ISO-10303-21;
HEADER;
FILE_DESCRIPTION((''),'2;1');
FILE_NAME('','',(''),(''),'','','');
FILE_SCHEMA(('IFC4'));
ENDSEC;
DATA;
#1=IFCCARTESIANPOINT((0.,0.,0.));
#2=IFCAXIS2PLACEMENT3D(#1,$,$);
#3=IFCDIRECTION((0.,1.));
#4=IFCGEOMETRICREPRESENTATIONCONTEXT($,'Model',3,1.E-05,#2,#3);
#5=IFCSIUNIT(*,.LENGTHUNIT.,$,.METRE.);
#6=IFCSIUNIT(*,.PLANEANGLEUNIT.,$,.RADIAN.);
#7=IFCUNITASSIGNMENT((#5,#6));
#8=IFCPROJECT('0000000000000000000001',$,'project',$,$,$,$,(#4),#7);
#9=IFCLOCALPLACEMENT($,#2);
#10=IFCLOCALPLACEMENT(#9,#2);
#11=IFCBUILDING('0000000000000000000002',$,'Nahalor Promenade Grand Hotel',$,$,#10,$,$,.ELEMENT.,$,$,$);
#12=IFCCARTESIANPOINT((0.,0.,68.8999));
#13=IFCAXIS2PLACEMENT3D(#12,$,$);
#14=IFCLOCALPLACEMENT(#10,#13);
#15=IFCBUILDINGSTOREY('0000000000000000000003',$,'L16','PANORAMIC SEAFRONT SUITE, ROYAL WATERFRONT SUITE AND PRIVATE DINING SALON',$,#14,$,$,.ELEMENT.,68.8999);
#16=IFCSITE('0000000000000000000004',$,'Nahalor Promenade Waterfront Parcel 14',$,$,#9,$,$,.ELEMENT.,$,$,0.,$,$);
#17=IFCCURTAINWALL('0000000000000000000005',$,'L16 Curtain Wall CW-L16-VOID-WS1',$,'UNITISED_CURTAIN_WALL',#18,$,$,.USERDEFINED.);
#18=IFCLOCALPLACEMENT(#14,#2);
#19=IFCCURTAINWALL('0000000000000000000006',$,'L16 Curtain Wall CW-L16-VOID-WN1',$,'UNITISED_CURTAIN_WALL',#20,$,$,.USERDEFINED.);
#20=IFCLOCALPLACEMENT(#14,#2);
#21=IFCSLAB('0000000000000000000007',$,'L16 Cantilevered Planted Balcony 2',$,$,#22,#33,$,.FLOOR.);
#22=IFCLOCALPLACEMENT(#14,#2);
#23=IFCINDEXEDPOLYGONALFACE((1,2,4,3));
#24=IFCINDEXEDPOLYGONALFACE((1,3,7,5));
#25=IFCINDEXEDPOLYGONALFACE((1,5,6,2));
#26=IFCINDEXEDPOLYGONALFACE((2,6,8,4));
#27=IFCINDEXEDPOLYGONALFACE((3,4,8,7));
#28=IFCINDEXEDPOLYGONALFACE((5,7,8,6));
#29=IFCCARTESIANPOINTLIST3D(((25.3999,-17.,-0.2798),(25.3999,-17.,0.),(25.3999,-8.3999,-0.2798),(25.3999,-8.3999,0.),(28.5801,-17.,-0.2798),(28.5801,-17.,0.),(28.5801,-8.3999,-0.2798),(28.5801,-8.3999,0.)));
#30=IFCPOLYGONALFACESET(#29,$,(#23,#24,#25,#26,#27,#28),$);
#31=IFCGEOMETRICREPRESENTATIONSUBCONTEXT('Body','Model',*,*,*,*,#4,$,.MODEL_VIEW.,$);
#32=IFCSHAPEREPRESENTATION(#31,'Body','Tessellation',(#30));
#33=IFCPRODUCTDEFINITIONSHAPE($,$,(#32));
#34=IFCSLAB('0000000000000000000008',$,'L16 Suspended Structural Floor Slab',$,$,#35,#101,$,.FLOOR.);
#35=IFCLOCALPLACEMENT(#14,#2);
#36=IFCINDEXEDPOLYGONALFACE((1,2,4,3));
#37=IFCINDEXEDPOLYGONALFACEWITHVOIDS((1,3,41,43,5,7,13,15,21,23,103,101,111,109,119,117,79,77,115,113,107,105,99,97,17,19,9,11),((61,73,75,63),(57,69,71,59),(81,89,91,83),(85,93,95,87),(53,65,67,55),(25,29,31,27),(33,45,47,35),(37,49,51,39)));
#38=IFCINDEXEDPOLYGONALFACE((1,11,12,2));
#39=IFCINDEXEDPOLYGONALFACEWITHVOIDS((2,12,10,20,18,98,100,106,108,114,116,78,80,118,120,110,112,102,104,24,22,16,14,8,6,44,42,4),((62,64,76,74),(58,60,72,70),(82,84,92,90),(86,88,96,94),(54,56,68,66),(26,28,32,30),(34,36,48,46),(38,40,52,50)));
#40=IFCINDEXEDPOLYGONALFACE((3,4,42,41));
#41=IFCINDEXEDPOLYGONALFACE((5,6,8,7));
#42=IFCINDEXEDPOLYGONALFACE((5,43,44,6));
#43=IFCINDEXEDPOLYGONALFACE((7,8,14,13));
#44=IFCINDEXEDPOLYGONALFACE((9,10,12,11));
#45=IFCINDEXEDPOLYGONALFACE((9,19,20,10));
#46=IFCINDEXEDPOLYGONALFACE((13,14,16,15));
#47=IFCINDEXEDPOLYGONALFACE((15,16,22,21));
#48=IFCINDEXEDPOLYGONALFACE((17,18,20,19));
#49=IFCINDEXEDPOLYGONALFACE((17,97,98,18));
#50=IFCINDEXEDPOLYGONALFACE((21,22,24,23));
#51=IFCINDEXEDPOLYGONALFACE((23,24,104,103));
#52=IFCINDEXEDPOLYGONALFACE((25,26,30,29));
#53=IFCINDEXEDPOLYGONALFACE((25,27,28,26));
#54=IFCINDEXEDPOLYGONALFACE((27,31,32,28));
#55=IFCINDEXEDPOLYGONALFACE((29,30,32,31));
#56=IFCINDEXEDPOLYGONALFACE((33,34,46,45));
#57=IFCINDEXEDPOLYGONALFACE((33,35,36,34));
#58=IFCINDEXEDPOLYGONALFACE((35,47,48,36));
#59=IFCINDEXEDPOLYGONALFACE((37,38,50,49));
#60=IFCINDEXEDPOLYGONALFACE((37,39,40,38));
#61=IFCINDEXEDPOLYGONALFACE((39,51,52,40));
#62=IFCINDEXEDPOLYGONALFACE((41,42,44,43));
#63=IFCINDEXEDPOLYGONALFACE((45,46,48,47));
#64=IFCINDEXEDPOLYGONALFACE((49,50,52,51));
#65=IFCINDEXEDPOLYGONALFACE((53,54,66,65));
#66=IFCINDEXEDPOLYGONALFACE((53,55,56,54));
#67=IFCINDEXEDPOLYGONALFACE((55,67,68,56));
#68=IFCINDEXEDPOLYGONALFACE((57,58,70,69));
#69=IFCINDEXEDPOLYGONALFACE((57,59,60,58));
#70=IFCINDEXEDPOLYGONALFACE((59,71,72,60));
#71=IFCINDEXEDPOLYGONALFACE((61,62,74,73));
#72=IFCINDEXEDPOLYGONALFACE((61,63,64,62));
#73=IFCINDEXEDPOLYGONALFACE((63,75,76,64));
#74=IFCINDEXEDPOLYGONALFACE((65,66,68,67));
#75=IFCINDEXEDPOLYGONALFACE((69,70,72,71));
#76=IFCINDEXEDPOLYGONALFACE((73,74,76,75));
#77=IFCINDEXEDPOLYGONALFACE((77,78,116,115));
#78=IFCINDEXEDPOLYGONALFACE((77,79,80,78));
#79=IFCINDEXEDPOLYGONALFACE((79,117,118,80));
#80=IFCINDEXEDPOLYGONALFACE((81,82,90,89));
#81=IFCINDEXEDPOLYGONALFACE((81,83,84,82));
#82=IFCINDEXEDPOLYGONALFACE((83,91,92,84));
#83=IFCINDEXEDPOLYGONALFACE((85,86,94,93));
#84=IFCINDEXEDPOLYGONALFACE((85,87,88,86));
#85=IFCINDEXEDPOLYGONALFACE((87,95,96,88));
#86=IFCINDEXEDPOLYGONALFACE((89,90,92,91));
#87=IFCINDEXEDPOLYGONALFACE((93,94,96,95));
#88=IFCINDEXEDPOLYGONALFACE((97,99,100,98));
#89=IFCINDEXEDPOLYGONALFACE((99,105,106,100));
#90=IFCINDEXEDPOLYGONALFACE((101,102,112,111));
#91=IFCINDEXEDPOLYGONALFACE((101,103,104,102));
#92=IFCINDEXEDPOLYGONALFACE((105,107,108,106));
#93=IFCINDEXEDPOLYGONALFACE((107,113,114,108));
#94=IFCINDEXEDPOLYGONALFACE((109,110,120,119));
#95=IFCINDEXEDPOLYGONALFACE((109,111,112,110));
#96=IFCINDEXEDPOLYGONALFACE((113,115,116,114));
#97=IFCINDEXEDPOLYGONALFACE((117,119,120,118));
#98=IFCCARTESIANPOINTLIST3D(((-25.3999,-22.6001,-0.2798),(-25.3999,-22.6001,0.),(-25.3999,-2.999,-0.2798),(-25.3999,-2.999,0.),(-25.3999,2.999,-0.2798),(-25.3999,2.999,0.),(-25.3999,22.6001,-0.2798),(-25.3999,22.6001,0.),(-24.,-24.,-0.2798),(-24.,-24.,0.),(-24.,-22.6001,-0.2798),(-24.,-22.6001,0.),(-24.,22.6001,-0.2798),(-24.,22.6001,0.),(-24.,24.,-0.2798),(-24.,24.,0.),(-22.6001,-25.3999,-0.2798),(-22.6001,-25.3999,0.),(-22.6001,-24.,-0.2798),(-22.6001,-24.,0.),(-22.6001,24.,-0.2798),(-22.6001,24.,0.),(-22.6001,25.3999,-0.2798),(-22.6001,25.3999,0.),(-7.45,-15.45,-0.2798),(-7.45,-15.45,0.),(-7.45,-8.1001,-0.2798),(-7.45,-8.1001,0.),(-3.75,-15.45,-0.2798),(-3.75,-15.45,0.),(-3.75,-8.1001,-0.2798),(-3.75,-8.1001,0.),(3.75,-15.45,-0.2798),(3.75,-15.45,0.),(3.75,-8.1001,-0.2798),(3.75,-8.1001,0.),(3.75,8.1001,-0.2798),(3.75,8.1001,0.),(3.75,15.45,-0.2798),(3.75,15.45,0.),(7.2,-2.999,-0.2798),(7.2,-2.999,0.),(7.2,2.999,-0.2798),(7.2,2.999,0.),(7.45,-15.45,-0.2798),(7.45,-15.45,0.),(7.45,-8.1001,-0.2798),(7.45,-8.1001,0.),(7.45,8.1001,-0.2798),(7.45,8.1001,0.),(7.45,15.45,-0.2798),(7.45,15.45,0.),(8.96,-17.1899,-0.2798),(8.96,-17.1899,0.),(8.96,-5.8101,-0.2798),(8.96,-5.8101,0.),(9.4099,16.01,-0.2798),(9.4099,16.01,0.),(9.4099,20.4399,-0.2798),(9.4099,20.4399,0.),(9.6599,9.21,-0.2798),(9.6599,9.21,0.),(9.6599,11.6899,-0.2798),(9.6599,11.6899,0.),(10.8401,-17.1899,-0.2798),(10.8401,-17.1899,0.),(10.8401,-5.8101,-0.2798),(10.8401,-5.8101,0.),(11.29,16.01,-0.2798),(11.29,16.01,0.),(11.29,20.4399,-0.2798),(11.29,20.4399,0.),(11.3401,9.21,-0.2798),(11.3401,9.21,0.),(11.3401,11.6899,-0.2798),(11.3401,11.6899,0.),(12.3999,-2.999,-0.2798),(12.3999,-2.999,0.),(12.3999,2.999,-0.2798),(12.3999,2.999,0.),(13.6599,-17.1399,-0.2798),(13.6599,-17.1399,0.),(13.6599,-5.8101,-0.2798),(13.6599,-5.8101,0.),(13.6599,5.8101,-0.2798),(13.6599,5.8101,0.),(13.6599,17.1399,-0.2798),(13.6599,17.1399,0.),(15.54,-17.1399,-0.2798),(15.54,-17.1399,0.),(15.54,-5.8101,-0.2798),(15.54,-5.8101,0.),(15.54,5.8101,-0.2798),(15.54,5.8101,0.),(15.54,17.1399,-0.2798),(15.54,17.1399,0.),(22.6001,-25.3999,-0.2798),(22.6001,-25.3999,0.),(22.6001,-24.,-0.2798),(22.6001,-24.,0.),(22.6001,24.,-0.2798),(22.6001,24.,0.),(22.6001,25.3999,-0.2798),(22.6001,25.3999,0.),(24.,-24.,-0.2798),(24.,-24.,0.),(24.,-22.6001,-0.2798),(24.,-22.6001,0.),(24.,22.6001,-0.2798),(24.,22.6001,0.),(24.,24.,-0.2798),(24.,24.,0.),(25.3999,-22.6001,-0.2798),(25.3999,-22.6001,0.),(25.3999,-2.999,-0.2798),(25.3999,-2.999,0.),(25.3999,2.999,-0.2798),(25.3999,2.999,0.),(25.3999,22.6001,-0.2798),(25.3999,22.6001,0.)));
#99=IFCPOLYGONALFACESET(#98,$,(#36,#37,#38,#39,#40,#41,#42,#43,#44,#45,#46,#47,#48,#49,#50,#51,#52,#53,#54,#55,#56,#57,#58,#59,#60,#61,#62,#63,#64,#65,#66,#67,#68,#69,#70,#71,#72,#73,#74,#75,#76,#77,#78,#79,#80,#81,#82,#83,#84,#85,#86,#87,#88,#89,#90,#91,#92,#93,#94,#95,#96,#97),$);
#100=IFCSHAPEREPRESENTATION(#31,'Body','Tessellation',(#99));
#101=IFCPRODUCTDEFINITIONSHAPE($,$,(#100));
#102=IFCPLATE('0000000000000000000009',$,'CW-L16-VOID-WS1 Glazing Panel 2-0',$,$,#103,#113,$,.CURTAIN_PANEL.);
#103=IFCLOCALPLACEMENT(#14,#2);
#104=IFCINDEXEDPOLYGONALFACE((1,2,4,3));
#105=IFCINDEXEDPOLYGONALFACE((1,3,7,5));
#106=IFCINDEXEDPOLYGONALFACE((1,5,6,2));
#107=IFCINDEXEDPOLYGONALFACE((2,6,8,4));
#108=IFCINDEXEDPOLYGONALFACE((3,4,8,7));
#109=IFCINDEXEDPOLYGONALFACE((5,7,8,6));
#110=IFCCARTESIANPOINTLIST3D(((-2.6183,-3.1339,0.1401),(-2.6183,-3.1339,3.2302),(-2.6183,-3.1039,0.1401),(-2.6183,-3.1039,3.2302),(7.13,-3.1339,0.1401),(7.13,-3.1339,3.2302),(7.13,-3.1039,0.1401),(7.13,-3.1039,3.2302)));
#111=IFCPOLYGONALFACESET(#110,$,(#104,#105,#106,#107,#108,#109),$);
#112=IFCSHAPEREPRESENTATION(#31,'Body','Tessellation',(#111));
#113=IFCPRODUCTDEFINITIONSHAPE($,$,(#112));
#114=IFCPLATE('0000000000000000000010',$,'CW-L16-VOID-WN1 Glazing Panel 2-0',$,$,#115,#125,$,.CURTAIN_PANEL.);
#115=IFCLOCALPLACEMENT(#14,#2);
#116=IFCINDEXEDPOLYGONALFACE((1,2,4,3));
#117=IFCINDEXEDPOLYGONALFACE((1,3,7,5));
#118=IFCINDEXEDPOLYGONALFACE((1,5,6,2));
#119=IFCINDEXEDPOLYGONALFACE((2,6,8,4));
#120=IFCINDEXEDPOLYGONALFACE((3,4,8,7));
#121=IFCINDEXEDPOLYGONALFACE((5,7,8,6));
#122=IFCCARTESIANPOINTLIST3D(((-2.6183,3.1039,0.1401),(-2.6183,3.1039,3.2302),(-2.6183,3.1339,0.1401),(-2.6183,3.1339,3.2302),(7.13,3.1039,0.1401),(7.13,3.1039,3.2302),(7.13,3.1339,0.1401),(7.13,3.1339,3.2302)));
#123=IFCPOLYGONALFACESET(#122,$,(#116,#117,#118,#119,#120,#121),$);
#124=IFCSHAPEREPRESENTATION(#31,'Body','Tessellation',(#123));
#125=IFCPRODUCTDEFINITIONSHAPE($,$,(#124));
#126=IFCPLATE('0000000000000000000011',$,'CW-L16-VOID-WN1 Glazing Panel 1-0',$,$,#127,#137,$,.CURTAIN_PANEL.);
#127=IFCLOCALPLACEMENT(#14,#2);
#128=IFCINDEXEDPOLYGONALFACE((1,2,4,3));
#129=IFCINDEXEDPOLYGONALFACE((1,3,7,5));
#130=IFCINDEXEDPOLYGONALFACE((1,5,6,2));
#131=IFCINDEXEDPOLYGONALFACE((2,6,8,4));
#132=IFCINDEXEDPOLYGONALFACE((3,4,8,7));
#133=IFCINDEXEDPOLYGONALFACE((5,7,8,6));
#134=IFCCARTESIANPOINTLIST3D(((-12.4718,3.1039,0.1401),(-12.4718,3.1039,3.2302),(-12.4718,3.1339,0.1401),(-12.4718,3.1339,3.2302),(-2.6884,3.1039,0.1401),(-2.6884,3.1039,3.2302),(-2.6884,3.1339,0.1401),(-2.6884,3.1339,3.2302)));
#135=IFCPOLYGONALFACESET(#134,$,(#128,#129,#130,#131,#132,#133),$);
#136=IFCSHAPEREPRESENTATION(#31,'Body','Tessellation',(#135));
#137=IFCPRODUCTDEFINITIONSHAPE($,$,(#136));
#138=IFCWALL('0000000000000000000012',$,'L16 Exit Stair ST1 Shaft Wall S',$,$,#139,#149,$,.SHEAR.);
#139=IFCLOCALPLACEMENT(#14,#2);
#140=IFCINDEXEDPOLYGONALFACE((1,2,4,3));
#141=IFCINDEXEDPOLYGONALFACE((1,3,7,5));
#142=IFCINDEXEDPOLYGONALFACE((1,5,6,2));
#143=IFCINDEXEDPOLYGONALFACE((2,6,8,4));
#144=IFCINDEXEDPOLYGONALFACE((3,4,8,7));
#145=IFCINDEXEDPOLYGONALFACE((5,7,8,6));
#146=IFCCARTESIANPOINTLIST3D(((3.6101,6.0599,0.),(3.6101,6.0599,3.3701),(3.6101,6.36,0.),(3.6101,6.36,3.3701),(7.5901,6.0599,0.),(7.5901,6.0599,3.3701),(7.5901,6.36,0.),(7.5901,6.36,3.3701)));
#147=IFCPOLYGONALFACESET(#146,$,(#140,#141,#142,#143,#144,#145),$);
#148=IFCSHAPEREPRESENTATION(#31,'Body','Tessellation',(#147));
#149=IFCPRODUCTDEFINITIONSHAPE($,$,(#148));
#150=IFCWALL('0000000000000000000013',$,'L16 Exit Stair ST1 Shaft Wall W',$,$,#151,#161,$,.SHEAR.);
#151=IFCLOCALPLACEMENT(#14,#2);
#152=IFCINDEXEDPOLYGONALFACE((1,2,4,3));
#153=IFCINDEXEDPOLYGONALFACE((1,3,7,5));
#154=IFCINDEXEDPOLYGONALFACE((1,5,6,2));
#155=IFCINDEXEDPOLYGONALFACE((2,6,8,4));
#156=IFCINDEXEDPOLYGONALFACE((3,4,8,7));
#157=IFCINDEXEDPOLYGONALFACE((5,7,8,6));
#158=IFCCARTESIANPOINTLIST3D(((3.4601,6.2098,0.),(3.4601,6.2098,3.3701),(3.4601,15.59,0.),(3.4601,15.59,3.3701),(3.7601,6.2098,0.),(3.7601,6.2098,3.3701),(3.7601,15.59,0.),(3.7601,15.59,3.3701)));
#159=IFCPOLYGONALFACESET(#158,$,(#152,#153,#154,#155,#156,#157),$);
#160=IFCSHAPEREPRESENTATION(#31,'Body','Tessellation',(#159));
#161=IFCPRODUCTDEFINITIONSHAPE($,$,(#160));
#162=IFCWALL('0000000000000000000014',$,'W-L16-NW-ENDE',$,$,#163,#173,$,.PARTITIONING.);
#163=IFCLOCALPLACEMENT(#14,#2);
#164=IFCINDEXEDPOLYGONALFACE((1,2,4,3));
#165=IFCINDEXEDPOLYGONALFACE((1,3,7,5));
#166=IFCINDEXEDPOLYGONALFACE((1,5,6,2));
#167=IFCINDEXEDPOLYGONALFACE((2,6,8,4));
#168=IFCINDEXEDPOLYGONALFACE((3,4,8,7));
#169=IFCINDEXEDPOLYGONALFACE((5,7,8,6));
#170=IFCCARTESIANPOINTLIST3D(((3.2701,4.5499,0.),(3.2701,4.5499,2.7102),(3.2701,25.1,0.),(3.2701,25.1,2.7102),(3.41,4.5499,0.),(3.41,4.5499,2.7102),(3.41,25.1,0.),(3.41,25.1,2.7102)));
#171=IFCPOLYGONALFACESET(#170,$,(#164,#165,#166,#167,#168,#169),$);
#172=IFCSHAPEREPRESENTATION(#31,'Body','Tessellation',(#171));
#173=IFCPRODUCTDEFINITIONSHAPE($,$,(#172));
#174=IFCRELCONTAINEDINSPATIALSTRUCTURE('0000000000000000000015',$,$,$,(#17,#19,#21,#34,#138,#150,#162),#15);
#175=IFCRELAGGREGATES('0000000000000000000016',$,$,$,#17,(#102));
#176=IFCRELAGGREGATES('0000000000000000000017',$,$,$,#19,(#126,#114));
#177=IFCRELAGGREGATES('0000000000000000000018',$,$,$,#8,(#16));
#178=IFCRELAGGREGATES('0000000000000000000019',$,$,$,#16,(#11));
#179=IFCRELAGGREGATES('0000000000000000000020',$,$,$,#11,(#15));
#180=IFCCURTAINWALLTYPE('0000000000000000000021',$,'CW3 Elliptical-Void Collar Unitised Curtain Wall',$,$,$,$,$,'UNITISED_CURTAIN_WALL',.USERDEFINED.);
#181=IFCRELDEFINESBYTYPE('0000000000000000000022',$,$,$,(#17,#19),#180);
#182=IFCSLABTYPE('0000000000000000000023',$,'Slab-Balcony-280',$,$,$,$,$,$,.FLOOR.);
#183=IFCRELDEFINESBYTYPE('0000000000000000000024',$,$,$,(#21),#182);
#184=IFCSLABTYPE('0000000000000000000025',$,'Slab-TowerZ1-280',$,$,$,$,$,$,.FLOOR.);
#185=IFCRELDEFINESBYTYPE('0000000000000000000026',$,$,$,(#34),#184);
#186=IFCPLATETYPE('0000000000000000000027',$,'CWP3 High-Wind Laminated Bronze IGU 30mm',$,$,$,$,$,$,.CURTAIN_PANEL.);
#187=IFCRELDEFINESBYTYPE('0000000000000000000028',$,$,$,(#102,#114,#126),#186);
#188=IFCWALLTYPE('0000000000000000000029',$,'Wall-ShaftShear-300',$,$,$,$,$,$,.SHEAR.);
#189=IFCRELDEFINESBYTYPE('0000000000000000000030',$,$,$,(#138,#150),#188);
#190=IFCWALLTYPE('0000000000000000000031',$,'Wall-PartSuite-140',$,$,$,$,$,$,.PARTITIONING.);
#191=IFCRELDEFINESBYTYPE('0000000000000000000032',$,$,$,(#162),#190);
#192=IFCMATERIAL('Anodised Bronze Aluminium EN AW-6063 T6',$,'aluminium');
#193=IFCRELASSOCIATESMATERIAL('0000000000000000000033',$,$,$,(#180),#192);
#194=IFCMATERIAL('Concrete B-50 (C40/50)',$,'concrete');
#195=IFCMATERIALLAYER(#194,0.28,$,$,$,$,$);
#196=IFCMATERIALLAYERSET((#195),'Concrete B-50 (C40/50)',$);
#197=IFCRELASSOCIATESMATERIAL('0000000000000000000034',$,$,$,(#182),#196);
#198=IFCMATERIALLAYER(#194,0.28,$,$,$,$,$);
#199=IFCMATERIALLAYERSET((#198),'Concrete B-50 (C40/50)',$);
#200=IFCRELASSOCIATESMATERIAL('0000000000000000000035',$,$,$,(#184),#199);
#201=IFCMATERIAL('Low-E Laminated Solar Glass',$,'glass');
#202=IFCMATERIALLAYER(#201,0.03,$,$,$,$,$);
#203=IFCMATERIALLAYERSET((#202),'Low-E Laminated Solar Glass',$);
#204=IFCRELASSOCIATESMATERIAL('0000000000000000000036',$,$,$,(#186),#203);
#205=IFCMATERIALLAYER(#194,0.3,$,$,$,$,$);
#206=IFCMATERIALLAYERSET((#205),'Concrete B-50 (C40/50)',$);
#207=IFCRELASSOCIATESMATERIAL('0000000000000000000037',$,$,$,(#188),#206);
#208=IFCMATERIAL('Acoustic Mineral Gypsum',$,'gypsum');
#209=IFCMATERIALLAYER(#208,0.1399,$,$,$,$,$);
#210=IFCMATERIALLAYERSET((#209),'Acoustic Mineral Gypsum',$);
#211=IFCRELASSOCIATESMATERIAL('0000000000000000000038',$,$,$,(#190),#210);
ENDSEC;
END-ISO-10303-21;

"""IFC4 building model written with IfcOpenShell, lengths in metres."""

from ifc_helpers import new_model, si_unit, direction, frame, frame_2d, origin, origin_2d, place, context, subcontext, project, spatial, polyline, rectangle, outline, extrude, source, transform, mapped, material, layer, layer_set, type_object, element, aggregate, save


model = new_model("IFC4")

# Units and contexts
model_context = context("Model", 3, precision=1e-05, world=origin(), true_north=direction((0.0, 1.0)))
body_context = subcontext(model_context, "Body", "Model", "MODEL_VIEW")
ifc_project = project(units=[si_unit("LENGTHUNIT", "METRE"), si_unit("PLANEANGLEUNIT", "RADIAN")], contexts=[model_context])

# Site, building, storey
site_placement = place(None, origin())
site = spatial("IfcSite", under=ifc_project, at=site_placement, Name="Nahalor Promenade Waterfront Parcel 14", CompositionType="ELEMENT", RefElevation=0.0)
building_placement = place(site_placement, origin())
building = spatial("IfcBuilding", under=site, at=building_placement, Name="Nahalor Promenade Grand Hotel", CompositionType="ELEMENT")
storey_placement = place(building_placement, frame((0.0, 0.0, 68.8999)))
storey = spatial("IfcBuildingStorey", under=building, at=storey_placement, Name="L16", Description="PANORAMIC SEAFRONT SUITE, ROYAL WATERFRONT SUITE AND PRIVATE DINING SALON", CompositionType="ELEMENT", Elevation=68.8999)

# Curtain walls
ifc_material_1 = material(Name="Anodised Bronze Aluminium EN AW-6063 T6", Category="aluminium")
curtain_wall_type = type_object("IfcCurtainWallType", Name="CW3 Elliptical-Void Collar Unitised Curtain Wall", ElementType="UNITISED_CURTAIN_WALL", PredefinedType="USERDEFINED", material=ifc_material_1)
curtain_wall_1_placement = place(storey_placement, origin())
curtain_wall_1 = element("IfcCurtainWall", 1, at=curtain_wall_1_placement, inside=storey, type_object=curtain_wall_type, Name="L16 Curtain Wall CW-L16-VOID-WS1", ObjectType="UNITISED_CURTAIN_WALL", PredefinedType="USERDEFINED")
curtain_wall_2_placement = place(storey_placement, origin())
curtain_wall_2 = element("IfcCurtainWall", 2, at=curtain_wall_2_placement, inside=storey, type_object=curtain_wall_type, Name="L16 Curtain Wall CW-L16-VOID-WN1", ObjectType="UNITISED_CURTAIN_WALL", PredefinedType="USERDEFINED")

# Shared definitions
ifc_material_2 = material(Name="Concrete B-50 (C40/50)", Category="concrete")

# Slabs
ifc_layer_1 = layer(ifc_material_2, 0.28)
ifc_layer_set_1 = layer_set([ifc_layer_1], Name="Concrete B-50 (C40/50)")
slab_type_1 = type_object("IfcSlabType", Name="Slab-Balcony-280", PredefinedType="FLOOR", material=ifc_layer_set_1)
slab_1_placement = place(storey_placement, frame((0.0, 0.0, -0.2798)))
element("IfcSlab", 3, at=slab_1_placement, inside=storey, type_object=slab_type_1, Name="L16 Cantilevered Planted Balcony 2", PredefinedType="FLOOR", context=body_context, shape_type="SweptSolid", body=[
    extrude(outline(polyline([(25.3999, -17.0), (28.5801, -17.0), (28.5801, -8.3999), (25.3999, -8.3999), (25.3999, -17.0)])), origin(), (0.0, 0.0, 1.0), 0.2798),
])
ifc_layer_2 = layer(ifc_material_2, 0.28)
ifc_layer_set_2 = layer_set([ifc_layer_2], Name="Concrete B-50 (C40/50)")
slab_type_2 = type_object("IfcSlabType", Name="Slab-TowerZ1-280", PredefinedType="FLOOR", material=ifc_layer_set_2)
slab_2_placement = place(storey_placement, frame((0.0, 0.0, -0.2798)))
element("IfcSlab", 4, at=slab_2_placement, inside=storey, type_object=slab_type_2, Name="L16 Suspended Structural Floor Slab", PredefinedType="FLOOR", context=body_context, shape_type="SweptSolid", body=[
    extrude(outline(polyline([(-22.6001, -25.3999), (22.6001, -25.3999), (22.6001, -24.0), (24.0, -24.0), (24.0, -22.6001), (25.3999, -22.6001), (25.3999, -2.999), (12.3999, -2.999), (12.3999, 2.999), (25.3999, 2.999), (25.3999, 22.6001), (24.0, 22.6001), (24.0, 24.0), (22.6001, 24.0), (22.6001, 25.3999), (-22.6001, 25.3999), (-22.6001, 24.0), (-24.0, 24.0), (-24.0, 22.6001), (-25.3999, 22.6001), (-25.3999, 2.999), (7.2, 2.999), (7.2, -2.999), (-25.3999, -2.999), (-25.3999, -22.6001), (-24.0, -22.6001), (-24.0, -24.0), (-22.6001, -24.0), (-22.6001, -25.3999)]), holes=[polyline([(3.75, 8.1001), (7.45, 8.1001), (7.45, 15.45), (3.75, 15.45), (3.75, 8.1001)]), polyline([(3.75, -15.45), (7.45, -15.45), (7.45, -8.1001), (3.75, -8.1001), (3.75, -15.45)]), polyline([(-7.45, -15.45), (-3.75, -15.45), (-3.75, -8.1001), (-7.45, -8.1001), (-7.45, -15.45)]), polyline([(13.6599, 5.8101), (15.54, 5.8101), (15.54, 17.1399), (13.6599, 17.1399), (13.6599, 5.8101)]), polyline([(13.6599, -17.1399), (15.54, -17.1399), (15.54, -5.8101), (13.6599, -5.8101), (13.6599, -17.1399)]), polyline([(8.96, -17.1899), (10.8401, -17.1899), (10.8401, -5.8101), (8.96, -5.8101), (8.96, -17.1899)]), polyline([(9.4099, 16.01), (11.29, 16.01), (11.29, 20.4399), (9.4099, 20.4399), (9.4099, 16.01)]), polyline([(9.6599, 9.21), (11.3401, 9.21), (11.3401, 11.6899), (9.6599, 11.6899), (9.6599, 9.21)])]), origin(), (0.0, 0.0, 1.0), 0.2798),
])

# Plates
ifc_material_3 = material(Name="Low-E Laminated Solar Glass", Category="glass")
ifc_layer_3 = layer(ifc_material_3, 0.03)
ifc_layer_set_3 = layer_set([ifc_layer_3], Name="Low-E Laminated Solar Glass")
plate_type = type_object("IfcPlateType", Name="CWP3 High-Wind Laminated Bronze IGU 30mm", PredefinedType="CURTAIN_PANEL", material=ifc_layer_set_3)
shared_shape_1 = source(origin(), body_context, "Body", "SweptSolid", [
    extrude(rectangle(XDim=9.7483, YDim=0.03, at=origin_2d()), origin(), (0.0, 0.0, 1.0), 3.0901),
])
plate_1_placement = place(storey_placement, frame((2.2559, -3.1189, 0.1401), z_axis=(0.0, 0.0, 1.0), x_axis=(1.0, 0.0, 0.0)))
plate_1 = element("IfcPlate", 5, at=plate_1_placement, type_object=plate_type, Name="CW-L16-VOID-WS1 Glazing Panel 2-0", PredefinedType="CURTAIN_PANEL", context=body_context, shape_type="MappedRepresentation", body=[
    mapped(shared_shape_1, transform((0.0, 0.0, 0.0), scale=1.0)),
])
aggregate(curtain_wall_1, [plate_1])
plate_2_placement = place(storey_placement, frame((2.2559, 3.1189, 0.1401), z_axis=(0.0, 0.0, 1.0), x_axis=(1.0, 0.0, 0.0)))
plate_2 = element("IfcPlate", 6, at=plate_2_placement, type_object=plate_type, Name="CW-L16-VOID-WN1 Glazing Panel 2-0", PredefinedType="CURTAIN_PANEL", context=body_context, shape_type="MappedRepresentation", body=[
    mapped(shared_shape_1, transform((0.0, 0.0, 0.0), scale=1.0)),
])
shared_shape_2 = source(origin(), body_context, "Body", "SweptSolid", [
    extrude(rectangle(XDim=9.7834, YDim=0.03, at=origin_2d()), origin(), (0.0, 0.0, 1.0), 3.0901),
])
plate_3_placement = place(storey_placement, frame((-7.5801, 3.1189, 0.1401), z_axis=(0.0, 0.0, 1.0), x_axis=(1.0, 0.0, 0.0)))
plate_3 = element("IfcPlate", 7, at=plate_3_placement, type_object=plate_type, Name="CW-L16-VOID-WN1 Glazing Panel 1-0", PredefinedType="CURTAIN_PANEL", context=body_context, shape_type="MappedRepresentation", body=[
    mapped(shared_shape_2, transform((0.0, 0.0, 0.0), scale=1.0)),
])
aggregate(curtain_wall_2, [plate_3, plate_2])

# Walls
ifc_layer_4 = layer(ifc_material_2, 0.3)
ifc_layer_set_4 = layer_set([ifc_layer_4], Name="Concrete B-50 (C40/50)")
wall_type_1 = type_object("IfcWallType", Name="Wall-ShaftShear-300", PredefinedType="SHEAR", material=ifc_layer_set_4)
shared_shape_3 = source(origin(), body_context, "Body", "SweptSolid", [
    extrude(rectangle(XDim=3.98, YDim=0.3, at=frame_2d((1.99, 0.0))), origin(), (0.0, 0.0, 1.0), 3.3701),
])
wall_1_placement = place(storey_placement, frame((3.6101, 6.21, 0.0), z_axis=(0.0, 0.0, 1.0), x_axis=(1.0, 0.0, 0.0)))
element("IfcWall", 8, at=wall_1_placement, inside=storey, type_object=wall_type_1, Name="L16 Exit Stair ST1 Shaft Wall S", PredefinedType="SHEAR", context=body_context, shape_type="MappedRepresentation", body=[
    mapped(shared_shape_3, transform((0.0, 0.0, 0.0), scale=1.0)),
])
shared_shape_4 = source(origin(), body_context, "Body", "SweptSolid", [
    extrude(rectangle(XDim=9.3801, YDim=0.3, at=frame_2d((4.6899, 0.0))), origin(), (0.0, 0.0, 1.0), 3.3701),
])
wall_2_placement = place(storey_placement, frame((3.6101, 6.21, 0.0), z_axis=(0.0, 0.0, 1.0), x_axis=(0.0, 1.0, 0.0)))
element("IfcWall", 9, at=wall_2_placement, inside=storey, type_object=wall_type_1, Name="L16 Exit Stair ST1 Shaft Wall W", PredefinedType="SHEAR", context=body_context, shape_type="MappedRepresentation", body=[
    mapped(shared_shape_4, transform((0.0, 0.0, 0.0), scale=1.0)),
])
ifc_material_4 = material(Name="Acoustic Mineral Gypsum", Category="gypsum")
ifc_layer_5 = layer(ifc_material_4, 0.1399)
ifc_layer_set_5 = layer_set([ifc_layer_5], Name="Acoustic Mineral Gypsum")
wall_type_2 = type_object("IfcWallType", Name="Wall-PartSuite-140", PredefinedType="PARTITIONING", material=ifc_layer_set_5)
shared_shape_5 = source(origin(), body_context, "Body", "SweptSolid", [
    extrude(rectangle(XDim=20.55, YDim=0.1399, at=frame_2d((10.2749, 0.0))), origin(), (0.0, 0.0, 1.0), 2.7102),
])
for number, where, z_axis, x_axis, name in (
    (10, (3.3401, 4.55, 0.0), (0.0, 0.0, 1.0), (0.0, 1.0, 0.0), "W-L16-NW-ENDE"),
):
    element("IfcWall", number, at=place(storey_placement, frame(where, z_axis=z_axis, x_axis=x_axis)), inside=storey, type_object=wall_type_2, Name=name, PredefinedType="PARTITIONING", context=body_context, shape_type="MappedRepresentation", body=[
        mapped(shared_shape_5, transform((0.0, 0.0, 0.0), scale=1.0)),
    ])

save(model, "model.ifc")
